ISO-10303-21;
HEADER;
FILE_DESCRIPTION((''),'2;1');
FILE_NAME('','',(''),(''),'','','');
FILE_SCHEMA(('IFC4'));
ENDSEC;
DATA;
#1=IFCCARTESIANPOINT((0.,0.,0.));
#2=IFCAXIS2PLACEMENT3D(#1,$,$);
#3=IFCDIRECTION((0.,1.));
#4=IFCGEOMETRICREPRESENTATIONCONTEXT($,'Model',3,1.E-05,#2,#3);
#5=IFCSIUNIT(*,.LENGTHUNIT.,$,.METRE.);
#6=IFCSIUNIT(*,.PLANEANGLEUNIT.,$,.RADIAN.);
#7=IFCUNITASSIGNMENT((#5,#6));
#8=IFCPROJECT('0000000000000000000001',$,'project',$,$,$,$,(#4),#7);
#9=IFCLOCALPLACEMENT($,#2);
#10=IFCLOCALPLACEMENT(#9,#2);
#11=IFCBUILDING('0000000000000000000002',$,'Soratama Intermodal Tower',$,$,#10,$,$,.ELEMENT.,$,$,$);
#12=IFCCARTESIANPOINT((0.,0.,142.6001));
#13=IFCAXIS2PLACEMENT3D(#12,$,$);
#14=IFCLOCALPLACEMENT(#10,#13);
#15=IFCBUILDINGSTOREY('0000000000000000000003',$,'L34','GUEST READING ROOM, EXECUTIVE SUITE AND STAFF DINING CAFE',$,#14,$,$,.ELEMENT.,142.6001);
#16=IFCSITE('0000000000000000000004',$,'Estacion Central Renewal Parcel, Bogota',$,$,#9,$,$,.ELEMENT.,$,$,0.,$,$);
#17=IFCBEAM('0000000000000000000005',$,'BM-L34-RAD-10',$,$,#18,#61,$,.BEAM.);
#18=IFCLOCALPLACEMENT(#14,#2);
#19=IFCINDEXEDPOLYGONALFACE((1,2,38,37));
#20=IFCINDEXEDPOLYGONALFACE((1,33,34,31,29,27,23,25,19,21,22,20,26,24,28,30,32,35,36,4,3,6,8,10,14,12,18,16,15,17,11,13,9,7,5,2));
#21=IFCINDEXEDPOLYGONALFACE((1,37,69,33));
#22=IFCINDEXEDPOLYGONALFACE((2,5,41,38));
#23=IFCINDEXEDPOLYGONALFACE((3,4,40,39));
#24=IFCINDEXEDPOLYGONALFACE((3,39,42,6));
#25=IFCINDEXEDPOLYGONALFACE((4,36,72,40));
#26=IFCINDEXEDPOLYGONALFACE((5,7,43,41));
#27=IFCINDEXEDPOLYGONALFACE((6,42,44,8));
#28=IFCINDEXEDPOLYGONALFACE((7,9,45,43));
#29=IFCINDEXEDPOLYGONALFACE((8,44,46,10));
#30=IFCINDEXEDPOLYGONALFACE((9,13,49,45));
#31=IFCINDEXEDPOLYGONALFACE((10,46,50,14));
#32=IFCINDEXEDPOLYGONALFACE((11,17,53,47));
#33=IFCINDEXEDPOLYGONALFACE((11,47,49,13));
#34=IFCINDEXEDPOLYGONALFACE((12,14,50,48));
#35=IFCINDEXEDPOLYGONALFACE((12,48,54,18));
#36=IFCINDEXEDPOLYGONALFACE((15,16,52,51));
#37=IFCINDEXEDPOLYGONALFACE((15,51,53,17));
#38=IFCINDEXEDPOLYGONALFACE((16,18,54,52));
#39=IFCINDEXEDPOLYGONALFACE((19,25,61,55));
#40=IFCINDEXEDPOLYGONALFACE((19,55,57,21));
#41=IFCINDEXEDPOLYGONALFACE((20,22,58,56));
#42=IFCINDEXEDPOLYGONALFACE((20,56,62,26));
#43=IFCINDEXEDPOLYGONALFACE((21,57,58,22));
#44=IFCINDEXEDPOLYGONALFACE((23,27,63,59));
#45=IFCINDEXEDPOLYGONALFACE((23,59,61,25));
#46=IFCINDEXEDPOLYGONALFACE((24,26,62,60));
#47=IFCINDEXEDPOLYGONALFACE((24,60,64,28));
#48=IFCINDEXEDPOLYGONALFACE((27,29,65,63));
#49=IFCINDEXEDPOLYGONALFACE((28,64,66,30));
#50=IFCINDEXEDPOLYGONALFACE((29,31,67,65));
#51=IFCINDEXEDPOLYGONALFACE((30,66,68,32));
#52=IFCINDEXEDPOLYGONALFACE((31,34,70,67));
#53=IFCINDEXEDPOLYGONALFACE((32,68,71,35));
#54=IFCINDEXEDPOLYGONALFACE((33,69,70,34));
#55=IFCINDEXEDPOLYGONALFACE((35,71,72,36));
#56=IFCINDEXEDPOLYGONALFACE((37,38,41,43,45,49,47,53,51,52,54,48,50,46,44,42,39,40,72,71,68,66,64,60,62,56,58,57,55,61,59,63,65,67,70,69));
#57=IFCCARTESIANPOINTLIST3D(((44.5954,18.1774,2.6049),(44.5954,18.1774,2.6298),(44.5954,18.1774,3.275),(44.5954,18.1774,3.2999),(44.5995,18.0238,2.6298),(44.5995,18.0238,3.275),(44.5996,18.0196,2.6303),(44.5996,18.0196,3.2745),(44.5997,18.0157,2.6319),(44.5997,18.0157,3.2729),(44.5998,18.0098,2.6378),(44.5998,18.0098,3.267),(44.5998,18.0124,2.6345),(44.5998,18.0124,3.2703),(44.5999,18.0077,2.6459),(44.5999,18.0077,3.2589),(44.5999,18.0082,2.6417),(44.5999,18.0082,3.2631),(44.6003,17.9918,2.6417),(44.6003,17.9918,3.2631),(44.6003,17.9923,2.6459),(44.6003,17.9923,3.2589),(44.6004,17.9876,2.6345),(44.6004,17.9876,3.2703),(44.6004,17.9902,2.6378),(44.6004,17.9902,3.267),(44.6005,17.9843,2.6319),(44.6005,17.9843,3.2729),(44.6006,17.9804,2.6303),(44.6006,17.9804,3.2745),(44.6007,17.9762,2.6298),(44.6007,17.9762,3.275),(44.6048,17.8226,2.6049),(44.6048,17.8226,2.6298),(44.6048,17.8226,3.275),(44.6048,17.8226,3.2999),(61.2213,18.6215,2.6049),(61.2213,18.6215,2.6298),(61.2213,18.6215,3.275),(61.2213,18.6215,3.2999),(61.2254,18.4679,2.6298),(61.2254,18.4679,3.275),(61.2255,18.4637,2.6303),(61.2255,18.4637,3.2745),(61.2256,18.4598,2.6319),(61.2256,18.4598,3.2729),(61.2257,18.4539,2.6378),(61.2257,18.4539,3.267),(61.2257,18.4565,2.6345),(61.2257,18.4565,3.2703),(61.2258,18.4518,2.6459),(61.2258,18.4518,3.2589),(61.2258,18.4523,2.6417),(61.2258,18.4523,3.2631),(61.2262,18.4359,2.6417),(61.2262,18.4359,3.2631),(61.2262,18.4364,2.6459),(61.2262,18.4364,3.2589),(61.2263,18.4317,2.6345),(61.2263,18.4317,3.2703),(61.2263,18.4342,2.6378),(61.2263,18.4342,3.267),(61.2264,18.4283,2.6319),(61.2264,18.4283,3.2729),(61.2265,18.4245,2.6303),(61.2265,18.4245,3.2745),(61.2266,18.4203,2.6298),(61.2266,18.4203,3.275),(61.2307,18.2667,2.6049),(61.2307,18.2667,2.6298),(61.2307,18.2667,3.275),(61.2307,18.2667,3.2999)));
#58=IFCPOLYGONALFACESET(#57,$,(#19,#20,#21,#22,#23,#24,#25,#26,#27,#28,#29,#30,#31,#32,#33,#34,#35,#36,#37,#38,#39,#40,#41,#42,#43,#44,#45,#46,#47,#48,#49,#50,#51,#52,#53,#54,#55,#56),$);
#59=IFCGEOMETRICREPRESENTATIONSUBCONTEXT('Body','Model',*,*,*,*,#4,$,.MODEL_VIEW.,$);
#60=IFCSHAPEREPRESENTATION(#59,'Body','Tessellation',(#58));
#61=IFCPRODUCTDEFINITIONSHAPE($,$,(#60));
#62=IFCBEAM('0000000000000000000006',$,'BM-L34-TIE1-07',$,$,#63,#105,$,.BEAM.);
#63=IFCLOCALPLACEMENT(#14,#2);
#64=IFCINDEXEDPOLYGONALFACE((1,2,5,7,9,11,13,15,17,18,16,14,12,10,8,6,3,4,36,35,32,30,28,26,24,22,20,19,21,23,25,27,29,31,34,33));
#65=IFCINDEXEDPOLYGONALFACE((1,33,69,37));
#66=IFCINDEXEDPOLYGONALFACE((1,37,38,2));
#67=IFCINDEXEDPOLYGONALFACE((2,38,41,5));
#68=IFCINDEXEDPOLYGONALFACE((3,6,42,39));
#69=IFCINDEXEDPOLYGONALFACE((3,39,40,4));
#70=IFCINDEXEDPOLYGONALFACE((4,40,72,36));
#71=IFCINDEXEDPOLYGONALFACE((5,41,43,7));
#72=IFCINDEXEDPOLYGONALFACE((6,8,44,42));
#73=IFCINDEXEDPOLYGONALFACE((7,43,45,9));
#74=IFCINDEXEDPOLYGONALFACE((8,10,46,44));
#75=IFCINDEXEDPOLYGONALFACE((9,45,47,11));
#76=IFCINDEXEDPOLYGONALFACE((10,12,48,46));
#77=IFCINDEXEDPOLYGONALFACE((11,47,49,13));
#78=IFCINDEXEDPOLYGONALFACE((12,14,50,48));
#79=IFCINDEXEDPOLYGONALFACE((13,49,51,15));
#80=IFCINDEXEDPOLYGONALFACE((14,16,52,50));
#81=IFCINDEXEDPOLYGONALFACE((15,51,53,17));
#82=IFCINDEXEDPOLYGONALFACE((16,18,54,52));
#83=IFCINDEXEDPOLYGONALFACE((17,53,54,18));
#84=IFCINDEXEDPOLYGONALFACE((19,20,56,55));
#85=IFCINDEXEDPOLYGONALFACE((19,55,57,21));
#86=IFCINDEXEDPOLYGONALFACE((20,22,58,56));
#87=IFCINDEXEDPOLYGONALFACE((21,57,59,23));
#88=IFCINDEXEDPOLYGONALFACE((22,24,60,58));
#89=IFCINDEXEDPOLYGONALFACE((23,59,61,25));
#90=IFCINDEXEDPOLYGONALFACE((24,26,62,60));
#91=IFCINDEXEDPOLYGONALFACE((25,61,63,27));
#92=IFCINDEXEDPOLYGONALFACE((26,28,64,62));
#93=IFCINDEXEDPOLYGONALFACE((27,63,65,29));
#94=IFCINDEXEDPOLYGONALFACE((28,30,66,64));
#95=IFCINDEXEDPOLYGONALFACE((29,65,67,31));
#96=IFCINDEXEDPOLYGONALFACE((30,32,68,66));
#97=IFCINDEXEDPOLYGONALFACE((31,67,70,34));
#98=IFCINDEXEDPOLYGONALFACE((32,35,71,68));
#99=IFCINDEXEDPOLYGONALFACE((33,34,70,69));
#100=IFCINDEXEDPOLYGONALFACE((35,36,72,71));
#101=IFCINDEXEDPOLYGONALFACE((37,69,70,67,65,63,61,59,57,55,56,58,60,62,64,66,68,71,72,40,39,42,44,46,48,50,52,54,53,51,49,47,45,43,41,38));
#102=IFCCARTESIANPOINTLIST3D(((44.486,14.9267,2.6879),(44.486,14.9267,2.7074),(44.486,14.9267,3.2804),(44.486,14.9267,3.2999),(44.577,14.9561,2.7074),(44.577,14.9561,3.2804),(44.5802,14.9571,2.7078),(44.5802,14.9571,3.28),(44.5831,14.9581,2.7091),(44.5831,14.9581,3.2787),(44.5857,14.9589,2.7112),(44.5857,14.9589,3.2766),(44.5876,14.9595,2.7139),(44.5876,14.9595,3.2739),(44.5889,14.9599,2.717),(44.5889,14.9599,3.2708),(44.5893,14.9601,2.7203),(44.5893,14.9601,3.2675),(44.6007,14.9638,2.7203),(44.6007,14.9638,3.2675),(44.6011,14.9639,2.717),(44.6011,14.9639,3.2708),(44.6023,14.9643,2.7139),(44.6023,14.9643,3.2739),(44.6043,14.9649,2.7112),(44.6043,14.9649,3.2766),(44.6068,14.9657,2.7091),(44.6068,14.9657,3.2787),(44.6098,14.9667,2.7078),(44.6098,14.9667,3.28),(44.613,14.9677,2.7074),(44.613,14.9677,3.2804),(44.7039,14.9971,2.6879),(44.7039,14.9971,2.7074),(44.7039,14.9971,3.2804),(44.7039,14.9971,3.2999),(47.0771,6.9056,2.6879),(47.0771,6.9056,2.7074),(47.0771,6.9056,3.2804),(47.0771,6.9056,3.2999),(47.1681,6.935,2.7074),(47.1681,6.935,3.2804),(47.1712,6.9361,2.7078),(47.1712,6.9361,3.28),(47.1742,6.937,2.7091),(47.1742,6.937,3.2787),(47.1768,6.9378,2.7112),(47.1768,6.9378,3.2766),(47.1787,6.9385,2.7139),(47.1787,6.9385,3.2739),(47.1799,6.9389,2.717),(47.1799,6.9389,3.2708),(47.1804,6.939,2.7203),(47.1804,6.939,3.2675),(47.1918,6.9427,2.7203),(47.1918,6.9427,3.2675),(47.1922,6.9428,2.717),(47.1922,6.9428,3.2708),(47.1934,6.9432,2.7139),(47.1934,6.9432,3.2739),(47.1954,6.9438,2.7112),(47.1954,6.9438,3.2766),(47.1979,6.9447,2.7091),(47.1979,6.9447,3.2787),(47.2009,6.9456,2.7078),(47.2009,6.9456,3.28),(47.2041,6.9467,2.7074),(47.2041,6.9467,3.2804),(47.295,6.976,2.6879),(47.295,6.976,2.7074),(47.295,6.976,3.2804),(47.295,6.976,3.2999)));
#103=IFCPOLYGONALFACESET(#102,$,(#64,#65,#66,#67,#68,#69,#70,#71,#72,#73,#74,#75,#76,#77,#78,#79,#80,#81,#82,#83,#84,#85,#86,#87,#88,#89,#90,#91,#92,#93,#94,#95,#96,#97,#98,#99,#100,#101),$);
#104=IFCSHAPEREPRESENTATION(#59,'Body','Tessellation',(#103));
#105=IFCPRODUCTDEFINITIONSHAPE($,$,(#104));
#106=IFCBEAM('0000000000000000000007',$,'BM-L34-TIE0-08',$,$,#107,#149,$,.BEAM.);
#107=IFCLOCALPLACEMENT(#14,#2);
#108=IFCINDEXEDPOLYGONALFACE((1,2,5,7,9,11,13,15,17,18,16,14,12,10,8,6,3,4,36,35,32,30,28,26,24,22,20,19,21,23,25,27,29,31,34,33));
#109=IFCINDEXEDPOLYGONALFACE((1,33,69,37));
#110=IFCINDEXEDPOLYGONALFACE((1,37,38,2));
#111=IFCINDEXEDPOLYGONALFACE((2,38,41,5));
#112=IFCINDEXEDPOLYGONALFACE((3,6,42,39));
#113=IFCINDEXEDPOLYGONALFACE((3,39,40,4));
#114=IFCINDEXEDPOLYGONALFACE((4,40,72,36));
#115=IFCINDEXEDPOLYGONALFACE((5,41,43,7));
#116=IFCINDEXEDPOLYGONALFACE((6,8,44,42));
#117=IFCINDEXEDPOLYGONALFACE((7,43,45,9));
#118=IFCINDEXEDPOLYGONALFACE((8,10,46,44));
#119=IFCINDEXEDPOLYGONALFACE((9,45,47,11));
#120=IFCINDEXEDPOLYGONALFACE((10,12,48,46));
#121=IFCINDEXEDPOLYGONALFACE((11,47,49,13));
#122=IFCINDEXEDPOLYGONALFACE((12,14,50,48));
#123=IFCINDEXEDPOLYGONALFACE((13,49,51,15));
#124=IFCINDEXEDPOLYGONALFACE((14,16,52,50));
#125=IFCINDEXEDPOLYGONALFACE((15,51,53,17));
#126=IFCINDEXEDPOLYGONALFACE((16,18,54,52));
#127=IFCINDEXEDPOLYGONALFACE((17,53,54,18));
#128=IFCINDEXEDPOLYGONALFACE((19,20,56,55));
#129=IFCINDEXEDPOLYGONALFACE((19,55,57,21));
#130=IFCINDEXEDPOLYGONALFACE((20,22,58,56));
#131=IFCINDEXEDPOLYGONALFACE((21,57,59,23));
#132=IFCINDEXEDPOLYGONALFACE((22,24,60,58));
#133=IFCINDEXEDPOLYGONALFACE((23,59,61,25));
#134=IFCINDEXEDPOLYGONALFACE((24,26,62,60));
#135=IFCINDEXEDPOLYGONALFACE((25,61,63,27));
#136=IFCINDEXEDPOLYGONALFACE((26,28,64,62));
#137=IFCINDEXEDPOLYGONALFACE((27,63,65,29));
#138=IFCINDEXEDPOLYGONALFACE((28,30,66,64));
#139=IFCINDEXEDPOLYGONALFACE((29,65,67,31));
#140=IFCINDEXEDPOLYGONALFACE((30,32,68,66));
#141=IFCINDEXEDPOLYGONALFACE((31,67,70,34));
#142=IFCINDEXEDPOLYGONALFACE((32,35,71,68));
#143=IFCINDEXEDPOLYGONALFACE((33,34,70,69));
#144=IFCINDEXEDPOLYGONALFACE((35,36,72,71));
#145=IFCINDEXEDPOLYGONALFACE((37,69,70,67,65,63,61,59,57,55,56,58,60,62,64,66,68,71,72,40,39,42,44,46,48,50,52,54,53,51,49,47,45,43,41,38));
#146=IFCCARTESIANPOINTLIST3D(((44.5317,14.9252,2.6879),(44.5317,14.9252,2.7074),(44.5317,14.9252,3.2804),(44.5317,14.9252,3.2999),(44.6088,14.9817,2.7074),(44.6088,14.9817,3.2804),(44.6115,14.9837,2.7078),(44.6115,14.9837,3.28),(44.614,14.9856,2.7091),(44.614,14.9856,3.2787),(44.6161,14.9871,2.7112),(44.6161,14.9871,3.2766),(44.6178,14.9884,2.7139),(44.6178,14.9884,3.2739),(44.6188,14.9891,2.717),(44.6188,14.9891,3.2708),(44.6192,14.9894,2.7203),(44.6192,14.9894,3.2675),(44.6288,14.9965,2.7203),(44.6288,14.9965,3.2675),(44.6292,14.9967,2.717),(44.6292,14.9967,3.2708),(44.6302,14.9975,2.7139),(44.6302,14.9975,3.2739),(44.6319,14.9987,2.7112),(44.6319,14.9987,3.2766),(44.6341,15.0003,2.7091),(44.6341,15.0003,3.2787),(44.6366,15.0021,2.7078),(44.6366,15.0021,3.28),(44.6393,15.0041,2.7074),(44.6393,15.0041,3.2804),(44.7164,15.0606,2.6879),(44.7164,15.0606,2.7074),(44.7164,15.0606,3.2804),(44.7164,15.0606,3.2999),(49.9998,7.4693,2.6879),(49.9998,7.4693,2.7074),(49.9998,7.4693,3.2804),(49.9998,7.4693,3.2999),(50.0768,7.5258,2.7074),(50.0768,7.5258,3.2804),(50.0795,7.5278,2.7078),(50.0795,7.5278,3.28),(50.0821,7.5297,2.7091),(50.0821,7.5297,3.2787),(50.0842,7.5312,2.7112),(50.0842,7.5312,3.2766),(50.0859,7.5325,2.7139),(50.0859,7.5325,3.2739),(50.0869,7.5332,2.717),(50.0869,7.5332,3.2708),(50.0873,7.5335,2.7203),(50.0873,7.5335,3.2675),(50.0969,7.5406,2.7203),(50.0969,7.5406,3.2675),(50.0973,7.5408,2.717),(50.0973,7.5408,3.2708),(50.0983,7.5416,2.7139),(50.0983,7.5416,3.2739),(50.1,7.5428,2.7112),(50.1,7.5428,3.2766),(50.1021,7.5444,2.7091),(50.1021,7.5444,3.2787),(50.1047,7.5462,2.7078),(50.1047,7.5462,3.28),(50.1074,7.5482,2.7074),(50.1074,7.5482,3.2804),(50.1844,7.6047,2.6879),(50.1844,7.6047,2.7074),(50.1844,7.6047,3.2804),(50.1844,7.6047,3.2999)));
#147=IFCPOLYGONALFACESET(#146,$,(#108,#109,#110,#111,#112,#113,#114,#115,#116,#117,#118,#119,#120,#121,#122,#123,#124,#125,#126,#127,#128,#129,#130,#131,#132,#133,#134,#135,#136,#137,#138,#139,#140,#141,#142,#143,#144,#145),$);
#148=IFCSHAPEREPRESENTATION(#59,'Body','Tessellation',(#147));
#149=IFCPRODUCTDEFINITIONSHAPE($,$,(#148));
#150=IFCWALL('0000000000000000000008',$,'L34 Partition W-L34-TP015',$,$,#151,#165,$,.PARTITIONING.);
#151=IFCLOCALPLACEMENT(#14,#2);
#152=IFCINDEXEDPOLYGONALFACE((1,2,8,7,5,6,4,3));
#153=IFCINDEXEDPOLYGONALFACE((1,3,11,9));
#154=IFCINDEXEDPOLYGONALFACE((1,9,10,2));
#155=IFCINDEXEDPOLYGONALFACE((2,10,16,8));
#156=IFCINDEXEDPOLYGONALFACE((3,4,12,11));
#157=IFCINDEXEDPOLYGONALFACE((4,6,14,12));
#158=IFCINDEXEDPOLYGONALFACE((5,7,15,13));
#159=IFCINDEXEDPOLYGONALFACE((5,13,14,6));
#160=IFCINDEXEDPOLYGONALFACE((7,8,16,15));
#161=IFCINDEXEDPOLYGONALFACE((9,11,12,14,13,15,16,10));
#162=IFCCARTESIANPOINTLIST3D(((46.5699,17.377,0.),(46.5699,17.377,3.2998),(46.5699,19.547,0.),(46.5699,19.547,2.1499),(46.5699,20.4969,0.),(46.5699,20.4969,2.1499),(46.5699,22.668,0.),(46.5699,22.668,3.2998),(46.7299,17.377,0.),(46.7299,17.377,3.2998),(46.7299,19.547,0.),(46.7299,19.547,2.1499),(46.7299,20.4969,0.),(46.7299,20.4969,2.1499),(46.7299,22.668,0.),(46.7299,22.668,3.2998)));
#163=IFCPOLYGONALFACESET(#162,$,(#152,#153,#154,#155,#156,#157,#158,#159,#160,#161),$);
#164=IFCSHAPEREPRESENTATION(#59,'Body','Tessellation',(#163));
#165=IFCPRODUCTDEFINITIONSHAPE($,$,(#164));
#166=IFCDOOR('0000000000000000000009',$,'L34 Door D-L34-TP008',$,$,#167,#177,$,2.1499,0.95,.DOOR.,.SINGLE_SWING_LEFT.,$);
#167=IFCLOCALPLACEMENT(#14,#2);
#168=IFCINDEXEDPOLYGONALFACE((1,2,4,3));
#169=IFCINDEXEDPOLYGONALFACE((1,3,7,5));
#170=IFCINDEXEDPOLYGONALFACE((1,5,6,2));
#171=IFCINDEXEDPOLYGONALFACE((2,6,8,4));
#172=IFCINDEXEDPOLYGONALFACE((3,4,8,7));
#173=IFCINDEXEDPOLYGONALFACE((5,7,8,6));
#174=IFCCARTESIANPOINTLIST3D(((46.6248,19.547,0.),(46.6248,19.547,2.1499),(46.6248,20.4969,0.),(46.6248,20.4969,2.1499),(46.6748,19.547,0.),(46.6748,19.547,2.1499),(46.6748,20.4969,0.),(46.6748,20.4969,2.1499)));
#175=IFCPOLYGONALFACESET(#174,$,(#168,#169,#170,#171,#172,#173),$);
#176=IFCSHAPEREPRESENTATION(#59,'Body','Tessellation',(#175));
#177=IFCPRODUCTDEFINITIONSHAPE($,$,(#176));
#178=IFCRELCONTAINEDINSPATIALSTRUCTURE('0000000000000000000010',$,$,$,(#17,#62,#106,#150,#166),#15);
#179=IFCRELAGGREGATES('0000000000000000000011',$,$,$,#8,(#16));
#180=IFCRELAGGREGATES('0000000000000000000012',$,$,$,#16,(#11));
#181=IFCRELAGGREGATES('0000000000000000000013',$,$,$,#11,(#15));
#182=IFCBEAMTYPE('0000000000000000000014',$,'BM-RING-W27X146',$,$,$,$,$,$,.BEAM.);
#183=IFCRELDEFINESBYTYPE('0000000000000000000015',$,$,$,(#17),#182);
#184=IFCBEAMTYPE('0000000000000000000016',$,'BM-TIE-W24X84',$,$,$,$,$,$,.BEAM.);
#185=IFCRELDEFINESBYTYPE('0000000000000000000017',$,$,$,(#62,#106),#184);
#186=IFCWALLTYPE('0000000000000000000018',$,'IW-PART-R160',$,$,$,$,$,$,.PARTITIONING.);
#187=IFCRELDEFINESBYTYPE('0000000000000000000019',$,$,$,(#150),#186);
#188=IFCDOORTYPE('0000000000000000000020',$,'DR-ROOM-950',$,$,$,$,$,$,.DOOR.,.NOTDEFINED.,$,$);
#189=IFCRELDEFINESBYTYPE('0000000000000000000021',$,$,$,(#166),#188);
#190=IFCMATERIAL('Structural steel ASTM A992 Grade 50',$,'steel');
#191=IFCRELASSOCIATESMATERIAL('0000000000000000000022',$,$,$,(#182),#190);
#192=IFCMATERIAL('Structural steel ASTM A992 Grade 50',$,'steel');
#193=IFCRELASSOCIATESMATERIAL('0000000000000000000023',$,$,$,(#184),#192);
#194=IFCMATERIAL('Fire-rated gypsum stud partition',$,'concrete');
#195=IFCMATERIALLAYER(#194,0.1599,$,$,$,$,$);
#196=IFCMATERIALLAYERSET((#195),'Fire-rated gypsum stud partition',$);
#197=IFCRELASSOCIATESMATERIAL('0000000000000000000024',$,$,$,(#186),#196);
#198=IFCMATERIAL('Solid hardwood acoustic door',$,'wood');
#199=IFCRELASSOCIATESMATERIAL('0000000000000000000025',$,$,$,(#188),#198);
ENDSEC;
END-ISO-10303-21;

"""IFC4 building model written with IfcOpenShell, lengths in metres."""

from ifc_helpers import new_model, si_unit, direction, frame, frame_2d, origin, origin_2d, place, context, subcontext, project, spatial, rectangle, i_section, extrude, material, layer, layer_set, material_profile, profile_set, type_object, element, fill, save


model = new_model("IFC4")

# Units and contexts
model_context = context("Model", 3, precision=1e-05, world=origin(), true_north=direction((0.0, 1.0)))
body_context = subcontext(model_context, "Body", "Model", "MODEL_VIEW")
ifc_project = project(units=[si_unit("LENGTHUNIT", "METRE"), si_unit("PLANEANGLEUNIT", "RADIAN")], contexts=[model_context])

# Site, building, storey
site_placement = place(None, origin())
site = spatial("IfcSite", under=ifc_project, at=site_placement, Name="Estacion Central Renewal Parcel, Bogota", CompositionType="ELEMENT", RefElevation=0.0)
building_placement = place(site_placement, origin())
building = spatial("IfcBuilding", under=site, at=building_placement, Name="Soratama Intermodal Tower", CompositionType="ELEMENT")
storey_placement = place(building_placement, frame((0.0, 0.0, 142.6001)))
storey = spatial("IfcBuildingStorey", under=building, at=storey_placement, Name="L34", Description="GUEST READING ROOM, EXECUTIVE SUITE AND STAFF DINING CAFE", CompositionType="ELEMENT", Elevation=142.6001)

# Beams
ifc_material_1 = material(Name="Structural steel ASTM A992 Grade 50", Category="steel")
ifc_material_profile_1 = material_profile(ifc_material_1, i_section(OverallWidth=0.355, OverallDepth=0.6951, WebThickness=0.0154, FlangeThickness=0.0249, FilletRadius=0.0161, at=origin_2d()), Name="W27X146")
ifc_profile_set_1 = profile_set([ifc_material_profile_1], Name="Structural steel ASTM A992 Grade 50")
beam_type_1 = type_object("IfcBeamType", Name="BM-RING-W27X146", PredefinedType="BEAM", material=ifc_profile_set_1)
beam_1_placement = place(storey_placement, frame((44.6001, 18.0, 2.9524), z_axis=(0.999643, 0.026701, 0.0), x_axis=(-0.026701, 0.999643, 0.0)))
element("IfcBeam", 1, at=beam_1_placement, inside=storey, type_object=beam_type_1, Name="BM-L34-RAD-10", PredefinedType="BEAM", context=body_context, shape_type="SweptSolid", body=[
    extrude(i_section(OverallWidth=0.355, OverallDepth=0.6951, WebThickness=0.0154, FlangeThickness=0.0249, FilletRadius=0.0161, at=origin_2d()), origin(), (0.0, 0.0, 1.0), 16.6318),
])
ifc_material_2 = material(Name="Structural steel ASTM A992 Grade 50", Category="steel")
ifc_material_profile_2 = material_profile(ifc_material_2, i_section(OverallWidth=0.229, OverallDepth=0.6121, WebThickness=0.012, FlangeThickness=0.0195, FilletRadius=0.0129, at=origin_2d()), Name="W24X84")
ifc_profile_set_2 = profile_set([ifc_material_profile_2], Name="Structural steel ASTM A992 Grade 50")
beam_type_2 = type_object("IfcBeamType", Name="BM-TIE-W24X84", PredefinedType="BEAM", material=ifc_profile_set_2)
beam_2_placement = place(storey_placement, frame((44.595, 14.9619, 2.9939), z_axis=(0.307395, -0.951582, 0.0), x_axis=(0.951582, 0.307395, 0.0)))
element("IfcBeam", 2, at=beam_2_placement, inside=storey, type_object=beam_type_2, Name="BM-L34-TIE1-07", PredefinedType="BEAM", context=body_context, shape_type="SweptSolid", body=[
    extrude(i_section(OverallWidth=0.229, OverallDepth=0.6121, WebThickness=0.012, FlangeThickness=0.0195, FilletRadius=0.0129, at=origin_2d()), origin(), (0.0, 0.0, 1.0), 8.4292),
])
beam_3_placement = place(storey_placement, frame((44.624, 14.9929, 2.9939), z_axis=(0.591393, -0.806383, 0.0), x_axis=(0.806383, 0.591393, 0.0)))
element("IfcBeam", 3, at=beam_3_placement, inside=storey, type_object=beam_type_2, Name="BM-L34-TIE0-08", PredefinedType="BEAM", context=body_context, shape_type="SweptSolid", body=[
    extrude(i_section(OverallWidth=0.229, OverallDepth=0.6121, WebThickness=0.012, FlangeThickness=0.0195, FilletRadius=0.0129, at=origin_2d()), origin(), (0.0, 0.0, 1.0), 9.2461),
])

# Wall, opening, door
ifc_material_3 = material(Name="Fire-rated gypsum stud partition", Category="concrete")
ifc_layer_1 = layer(ifc_material_3, 0.1599)
ifc_layer_set_1 = layer_set([ifc_layer_1], Name="Fire-rated gypsum stud partition")
wall_type_1 = type_object("IfcWallType", Name="IW-PART-R160", PredefinedType="PARTITIONING", material=ifc_layer_set_1)
wall_1_placement = place(storey_placement, frame((46.6499, 22.668, 0.0), z_axis=(0.0, 0.0, 1.0), x_axis=(0.0, -1.0, 0.0)))
wall_1 = element("IfcWall", 4, at=wall_1_placement, inside=storey, type_object=wall_type_1, Name="L34 Partition W-L34-TP015", PredefinedType="PARTITIONING", context=body_context, shape_type="SweptSolid", body=[
    extrude(rectangle(XDim=5.291, YDim=0.1599, at=frame_2d((2.6455, 0.0))), origin(), (0.0, 0.0, 1.0), 3.2998),
])
opening_1_placement = place(wall_1_placement, frame((2.1709, 0.0, 0.0)))
opening_1 = element("IfcOpeningElement", 5, at=opening_1_placement, cuts=wall_1, PredefinedType="OPENING", context=body_context, shape_type="SweptSolid", body=[
    extrude(rectangle(XDim=0.95, YDim=2.1499, at=frame_2d((0.4751, 1.075))), frame((0.0, 0.0898, 0.0), z_axis=(0.0, -1.0, 0.0), x_axis=(1.0, 0.0, 0.0)), (0.0, 0.0, 1.0), 0.1799),
])
ifc_material_4 = material(Name="Solid hardwood acoustic door", Category="wood")
door_type_1 = type_object("IfcDoorType", Name="DR-ROOM-950", OperationType="NOTDEFINED", PredefinedType="DOOR", material=ifc_material_4)
door_1_placement = place(opening_1_placement, origin())
door_1 = element("IfcDoor", 6, at=door_1_placement, inside=storey, type_object=door_type_1, Name="L34 Door D-L34-TP008", OperationType="SINGLE_SWING_LEFT", OverallHeight=2.1499, OverallWidth=0.95, PredefinedType="DOOR", context=body_context, shape_type="SweptSolid", body=[
    extrude(rectangle(XDim=0.95, YDim=2.1499, at=frame_2d((0.4751, 1.075))), frame((0.0, 0.0249, 0.0), z_axis=(0.0, -1.0, 0.0), x_axis=(1.0, 0.0, 0.0)), (0.0, 0.0, 1.0), 0.05),
])
fill(opening_1, door_1)

save(model, "model.ifc")
